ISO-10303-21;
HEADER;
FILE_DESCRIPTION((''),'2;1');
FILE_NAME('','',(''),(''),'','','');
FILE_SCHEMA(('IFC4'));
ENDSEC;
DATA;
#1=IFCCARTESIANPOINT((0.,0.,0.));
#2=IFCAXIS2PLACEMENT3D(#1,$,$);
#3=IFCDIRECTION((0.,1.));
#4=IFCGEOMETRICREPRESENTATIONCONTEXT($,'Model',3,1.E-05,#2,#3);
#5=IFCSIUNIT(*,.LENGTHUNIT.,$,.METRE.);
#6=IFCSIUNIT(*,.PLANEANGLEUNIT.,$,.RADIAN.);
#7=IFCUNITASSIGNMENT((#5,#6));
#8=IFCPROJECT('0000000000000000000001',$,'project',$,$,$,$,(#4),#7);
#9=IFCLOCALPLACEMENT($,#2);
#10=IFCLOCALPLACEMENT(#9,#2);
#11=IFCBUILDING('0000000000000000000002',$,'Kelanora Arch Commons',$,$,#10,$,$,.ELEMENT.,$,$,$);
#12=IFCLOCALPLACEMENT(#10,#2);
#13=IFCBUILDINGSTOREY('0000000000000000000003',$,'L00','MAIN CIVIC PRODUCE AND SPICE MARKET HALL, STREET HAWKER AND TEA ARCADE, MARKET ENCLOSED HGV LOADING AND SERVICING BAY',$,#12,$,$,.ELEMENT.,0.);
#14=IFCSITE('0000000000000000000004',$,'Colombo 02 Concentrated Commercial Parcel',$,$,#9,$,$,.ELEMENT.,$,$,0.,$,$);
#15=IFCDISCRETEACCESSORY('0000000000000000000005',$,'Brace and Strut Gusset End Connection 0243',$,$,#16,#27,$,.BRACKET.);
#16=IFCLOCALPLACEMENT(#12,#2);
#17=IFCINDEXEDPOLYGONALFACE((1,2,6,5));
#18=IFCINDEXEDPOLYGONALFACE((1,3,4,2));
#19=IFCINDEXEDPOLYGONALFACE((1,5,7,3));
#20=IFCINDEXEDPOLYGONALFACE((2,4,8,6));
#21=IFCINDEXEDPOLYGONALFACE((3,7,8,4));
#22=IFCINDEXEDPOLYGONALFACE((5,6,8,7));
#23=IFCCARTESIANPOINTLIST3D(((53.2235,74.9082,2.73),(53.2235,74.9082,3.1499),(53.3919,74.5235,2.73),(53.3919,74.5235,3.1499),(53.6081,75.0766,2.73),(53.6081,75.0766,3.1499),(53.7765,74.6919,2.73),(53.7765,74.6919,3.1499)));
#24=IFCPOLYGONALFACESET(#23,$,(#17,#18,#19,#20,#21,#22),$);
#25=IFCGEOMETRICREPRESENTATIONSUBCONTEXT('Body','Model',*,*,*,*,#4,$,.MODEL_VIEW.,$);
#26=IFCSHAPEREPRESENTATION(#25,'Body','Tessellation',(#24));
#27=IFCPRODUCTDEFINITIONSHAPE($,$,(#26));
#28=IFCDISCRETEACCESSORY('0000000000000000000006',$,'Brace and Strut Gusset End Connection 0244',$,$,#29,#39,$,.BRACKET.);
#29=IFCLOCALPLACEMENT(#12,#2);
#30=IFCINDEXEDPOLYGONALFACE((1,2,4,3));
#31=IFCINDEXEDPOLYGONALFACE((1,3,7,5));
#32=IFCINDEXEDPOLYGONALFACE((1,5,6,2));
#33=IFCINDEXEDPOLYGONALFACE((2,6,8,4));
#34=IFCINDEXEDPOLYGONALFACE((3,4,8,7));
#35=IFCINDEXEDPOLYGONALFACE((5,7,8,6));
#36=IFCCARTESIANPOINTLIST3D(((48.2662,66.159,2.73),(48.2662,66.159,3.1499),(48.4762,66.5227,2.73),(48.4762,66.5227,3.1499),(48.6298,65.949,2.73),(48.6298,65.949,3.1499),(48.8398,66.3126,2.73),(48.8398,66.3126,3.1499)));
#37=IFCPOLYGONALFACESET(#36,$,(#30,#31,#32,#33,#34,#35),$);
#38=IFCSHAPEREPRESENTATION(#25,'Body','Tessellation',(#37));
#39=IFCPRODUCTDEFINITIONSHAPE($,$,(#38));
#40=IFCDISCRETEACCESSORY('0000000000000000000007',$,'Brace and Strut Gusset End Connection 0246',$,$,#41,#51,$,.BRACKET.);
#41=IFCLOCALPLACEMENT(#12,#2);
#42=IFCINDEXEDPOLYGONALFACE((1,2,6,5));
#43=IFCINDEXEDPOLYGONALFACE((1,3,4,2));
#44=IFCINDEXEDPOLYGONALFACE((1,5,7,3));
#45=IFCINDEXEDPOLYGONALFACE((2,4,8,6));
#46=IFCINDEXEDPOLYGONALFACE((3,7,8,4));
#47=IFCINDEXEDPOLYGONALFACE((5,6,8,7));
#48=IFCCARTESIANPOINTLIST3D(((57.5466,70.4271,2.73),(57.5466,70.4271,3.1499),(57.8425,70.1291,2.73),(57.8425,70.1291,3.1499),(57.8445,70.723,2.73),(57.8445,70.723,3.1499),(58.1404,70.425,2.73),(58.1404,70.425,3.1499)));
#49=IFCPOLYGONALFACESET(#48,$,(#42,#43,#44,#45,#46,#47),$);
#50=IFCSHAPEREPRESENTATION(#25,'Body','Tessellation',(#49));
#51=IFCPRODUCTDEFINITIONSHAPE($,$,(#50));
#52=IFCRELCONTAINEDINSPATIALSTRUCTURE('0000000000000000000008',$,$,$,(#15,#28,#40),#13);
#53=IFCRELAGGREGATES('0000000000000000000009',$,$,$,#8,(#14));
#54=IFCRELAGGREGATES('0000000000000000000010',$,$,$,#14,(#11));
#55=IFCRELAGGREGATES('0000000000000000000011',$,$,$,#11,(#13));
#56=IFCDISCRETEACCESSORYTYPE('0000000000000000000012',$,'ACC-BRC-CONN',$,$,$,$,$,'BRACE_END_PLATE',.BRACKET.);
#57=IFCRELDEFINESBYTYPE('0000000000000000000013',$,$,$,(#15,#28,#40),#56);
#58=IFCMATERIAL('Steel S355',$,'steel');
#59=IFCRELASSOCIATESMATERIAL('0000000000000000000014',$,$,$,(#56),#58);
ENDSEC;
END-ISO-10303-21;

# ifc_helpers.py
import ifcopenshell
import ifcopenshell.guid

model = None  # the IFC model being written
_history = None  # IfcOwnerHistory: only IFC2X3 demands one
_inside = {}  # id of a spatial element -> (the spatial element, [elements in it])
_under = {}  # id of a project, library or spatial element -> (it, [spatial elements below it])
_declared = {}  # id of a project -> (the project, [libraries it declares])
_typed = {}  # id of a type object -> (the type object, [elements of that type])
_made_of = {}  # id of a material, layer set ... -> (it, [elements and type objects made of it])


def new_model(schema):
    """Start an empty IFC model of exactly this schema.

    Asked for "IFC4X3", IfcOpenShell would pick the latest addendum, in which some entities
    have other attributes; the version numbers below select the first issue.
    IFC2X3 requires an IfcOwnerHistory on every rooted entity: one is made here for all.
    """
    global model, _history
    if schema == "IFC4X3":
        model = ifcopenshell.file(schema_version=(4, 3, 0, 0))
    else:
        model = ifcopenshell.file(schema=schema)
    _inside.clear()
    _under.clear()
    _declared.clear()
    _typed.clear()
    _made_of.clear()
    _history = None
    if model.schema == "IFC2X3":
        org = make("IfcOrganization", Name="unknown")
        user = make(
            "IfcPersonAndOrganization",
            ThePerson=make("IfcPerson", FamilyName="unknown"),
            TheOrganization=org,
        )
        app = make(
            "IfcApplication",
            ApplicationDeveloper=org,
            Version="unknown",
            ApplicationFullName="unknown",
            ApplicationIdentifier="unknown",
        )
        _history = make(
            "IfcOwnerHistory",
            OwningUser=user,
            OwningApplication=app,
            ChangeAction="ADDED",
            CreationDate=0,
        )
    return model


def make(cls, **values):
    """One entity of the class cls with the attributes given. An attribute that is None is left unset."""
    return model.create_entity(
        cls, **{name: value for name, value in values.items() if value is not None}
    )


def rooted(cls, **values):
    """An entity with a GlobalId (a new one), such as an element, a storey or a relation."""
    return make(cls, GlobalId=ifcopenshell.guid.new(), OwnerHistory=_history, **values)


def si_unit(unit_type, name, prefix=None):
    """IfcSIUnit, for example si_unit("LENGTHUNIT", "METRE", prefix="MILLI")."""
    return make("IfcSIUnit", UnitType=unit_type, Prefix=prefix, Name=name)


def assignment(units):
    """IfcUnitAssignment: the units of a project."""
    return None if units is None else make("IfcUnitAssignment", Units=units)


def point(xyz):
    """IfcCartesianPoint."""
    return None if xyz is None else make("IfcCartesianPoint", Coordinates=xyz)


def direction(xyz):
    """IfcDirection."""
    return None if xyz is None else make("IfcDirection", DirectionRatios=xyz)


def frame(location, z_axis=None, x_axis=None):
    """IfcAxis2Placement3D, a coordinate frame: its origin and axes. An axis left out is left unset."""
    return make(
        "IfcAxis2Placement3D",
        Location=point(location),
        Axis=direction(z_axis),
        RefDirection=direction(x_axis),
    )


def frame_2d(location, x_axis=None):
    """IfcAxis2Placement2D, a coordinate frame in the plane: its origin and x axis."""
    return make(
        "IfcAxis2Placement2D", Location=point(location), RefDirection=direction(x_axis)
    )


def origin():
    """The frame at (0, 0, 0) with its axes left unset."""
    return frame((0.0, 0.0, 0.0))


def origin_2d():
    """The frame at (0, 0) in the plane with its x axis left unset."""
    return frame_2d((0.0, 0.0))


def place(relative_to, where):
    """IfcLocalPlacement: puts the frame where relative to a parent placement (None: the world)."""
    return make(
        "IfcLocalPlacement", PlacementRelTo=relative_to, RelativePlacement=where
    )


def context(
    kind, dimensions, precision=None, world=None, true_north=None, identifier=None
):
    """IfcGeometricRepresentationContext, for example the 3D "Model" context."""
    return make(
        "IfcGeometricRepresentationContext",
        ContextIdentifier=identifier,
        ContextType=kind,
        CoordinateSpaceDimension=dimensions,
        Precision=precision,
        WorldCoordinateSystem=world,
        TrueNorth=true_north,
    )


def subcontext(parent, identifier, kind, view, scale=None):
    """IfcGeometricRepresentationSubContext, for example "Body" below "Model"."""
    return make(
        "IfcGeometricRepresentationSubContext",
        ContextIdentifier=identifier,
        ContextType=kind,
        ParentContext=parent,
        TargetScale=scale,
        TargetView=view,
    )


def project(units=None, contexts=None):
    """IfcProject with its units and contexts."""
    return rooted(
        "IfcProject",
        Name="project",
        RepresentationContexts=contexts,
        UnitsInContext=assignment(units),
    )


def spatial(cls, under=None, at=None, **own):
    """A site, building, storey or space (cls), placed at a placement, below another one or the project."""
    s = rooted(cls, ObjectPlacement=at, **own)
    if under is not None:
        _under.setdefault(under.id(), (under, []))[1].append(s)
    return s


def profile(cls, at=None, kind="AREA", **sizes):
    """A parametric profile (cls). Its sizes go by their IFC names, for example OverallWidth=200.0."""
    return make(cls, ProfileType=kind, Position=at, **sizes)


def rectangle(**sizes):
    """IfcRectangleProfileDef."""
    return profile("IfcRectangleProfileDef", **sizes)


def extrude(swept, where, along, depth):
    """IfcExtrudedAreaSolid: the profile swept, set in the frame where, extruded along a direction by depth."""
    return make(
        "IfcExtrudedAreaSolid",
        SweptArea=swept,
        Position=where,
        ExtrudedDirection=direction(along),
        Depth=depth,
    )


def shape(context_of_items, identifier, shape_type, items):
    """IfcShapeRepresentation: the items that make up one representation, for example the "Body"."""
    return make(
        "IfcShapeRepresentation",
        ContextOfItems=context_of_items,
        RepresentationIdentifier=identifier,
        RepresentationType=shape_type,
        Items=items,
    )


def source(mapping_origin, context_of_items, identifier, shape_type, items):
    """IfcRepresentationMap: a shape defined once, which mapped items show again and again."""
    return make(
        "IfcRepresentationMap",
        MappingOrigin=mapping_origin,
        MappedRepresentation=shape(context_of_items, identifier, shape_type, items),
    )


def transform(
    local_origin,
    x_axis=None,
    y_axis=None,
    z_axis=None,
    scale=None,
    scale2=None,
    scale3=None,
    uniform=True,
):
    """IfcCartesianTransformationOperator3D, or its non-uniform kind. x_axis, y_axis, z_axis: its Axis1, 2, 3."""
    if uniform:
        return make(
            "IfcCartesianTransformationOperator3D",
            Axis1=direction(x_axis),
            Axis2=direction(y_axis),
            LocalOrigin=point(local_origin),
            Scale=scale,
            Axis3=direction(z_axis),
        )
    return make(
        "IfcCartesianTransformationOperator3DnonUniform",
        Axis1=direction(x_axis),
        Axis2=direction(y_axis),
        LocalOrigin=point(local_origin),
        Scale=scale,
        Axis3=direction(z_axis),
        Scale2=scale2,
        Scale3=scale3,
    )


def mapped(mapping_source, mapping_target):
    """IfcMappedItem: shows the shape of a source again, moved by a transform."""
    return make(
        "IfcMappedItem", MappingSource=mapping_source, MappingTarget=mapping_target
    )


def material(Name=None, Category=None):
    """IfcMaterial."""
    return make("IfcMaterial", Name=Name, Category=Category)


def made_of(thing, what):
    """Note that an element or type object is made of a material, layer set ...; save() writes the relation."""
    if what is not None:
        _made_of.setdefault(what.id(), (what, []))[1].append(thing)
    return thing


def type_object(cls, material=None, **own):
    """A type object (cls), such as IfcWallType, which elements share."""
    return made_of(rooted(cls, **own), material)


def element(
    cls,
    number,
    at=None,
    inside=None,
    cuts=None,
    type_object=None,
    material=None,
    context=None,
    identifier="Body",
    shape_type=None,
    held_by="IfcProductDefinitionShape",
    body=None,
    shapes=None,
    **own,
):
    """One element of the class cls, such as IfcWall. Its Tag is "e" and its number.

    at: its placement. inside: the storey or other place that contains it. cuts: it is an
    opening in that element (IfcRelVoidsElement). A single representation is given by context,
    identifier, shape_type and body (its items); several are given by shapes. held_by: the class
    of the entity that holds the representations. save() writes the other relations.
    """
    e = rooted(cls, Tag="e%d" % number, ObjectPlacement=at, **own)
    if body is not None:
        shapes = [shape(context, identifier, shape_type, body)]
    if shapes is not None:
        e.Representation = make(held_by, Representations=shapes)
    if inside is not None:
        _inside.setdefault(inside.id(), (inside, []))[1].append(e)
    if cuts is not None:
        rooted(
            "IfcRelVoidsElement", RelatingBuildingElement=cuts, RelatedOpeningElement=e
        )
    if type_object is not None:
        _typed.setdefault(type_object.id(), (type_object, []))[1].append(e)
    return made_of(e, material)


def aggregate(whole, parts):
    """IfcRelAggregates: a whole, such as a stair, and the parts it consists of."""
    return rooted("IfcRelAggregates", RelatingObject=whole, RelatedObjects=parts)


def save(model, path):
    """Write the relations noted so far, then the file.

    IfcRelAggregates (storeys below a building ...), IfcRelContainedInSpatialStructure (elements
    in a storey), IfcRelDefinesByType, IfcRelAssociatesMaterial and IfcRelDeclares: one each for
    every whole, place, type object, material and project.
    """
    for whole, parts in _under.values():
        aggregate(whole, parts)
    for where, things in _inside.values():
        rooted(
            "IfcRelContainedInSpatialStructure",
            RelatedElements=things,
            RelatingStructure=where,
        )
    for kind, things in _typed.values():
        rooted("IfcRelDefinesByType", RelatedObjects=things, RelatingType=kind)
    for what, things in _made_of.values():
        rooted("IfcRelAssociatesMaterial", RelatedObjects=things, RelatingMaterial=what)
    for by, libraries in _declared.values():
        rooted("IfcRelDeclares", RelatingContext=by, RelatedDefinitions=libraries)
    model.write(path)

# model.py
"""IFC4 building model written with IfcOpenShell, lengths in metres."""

from ifc_helpers import new_model, si_unit, direction, frame, origin, origin_2d, place, context, subcontext, project, spatial, rectangle, extrude, source, transform, mapped, material, type_object, element, save


model = new_model("IFC4")

# Units and contexts
model_context = context("Model", 3, precision=1e-05, world=origin(), true_north=direction((0.0, 1.0)))
body_context = subcontext(model_context, "Body", "Model", "MODEL_VIEW")
ifc_project = project(units=[si_unit("LENGTHUNIT", "METRE"), si_unit("PLANEANGLEUNIT", "RADIAN")], contexts=[model_context])

# Site, building, storey
site_placement = place(None, origin())
site = spatial("IfcSite", under=ifc_project, at=site_placement, Name="Colombo 02 Concentrated Commercial Parcel", CompositionType="ELEMENT", RefElevation=0.0)
building_placement = place(site_placement, origin())
building = spatial("IfcBuilding", under=site, at=building_placement, Name="Kelanora Arch Commons", CompositionType="ELEMENT")
storey_placement = place(building_placement, origin())
storey = spatial("IfcBuildingStorey", under=building, at=storey_placement, Name="L00", Description="MAIN CIVIC PRODUCE AND SPICE MARKET HALL, STREET HAWKER AND TEA ARCADE, MARKET ENCLOSED HGV LOADING AND SERVICING BAY", CompositionType="ELEMENT", Elevation=0.0)

# Shared definitions
ifc_material_1 = material(Name="Steel S355", Category="steel")

# Discrete accessories
discrete_accessory_type = type_object("IfcDiscreteAccessoryType", Name="ACC-BRC-CONN", ElementType="BRACE_END_PLATE", PredefinedType="BRACKET", material=ifc_material_1)
shared_shape_1 = source(origin(), body_context, "Body", "SweptSolid", [
    extrude(rectangle(XDim=0.4199, YDim=0.4199, at=origin_2d()), origin(), (0.0, 0.0, 1.0), 0.4199),
])
for number, where, z_axis, x_axis, name in (
    (1, (53.5, 74.8, 2.73), (0.0, 0.0, 1.0), (-0.916083, -0.400989, 0.0), "Brace and Strut Gusset End Connection 0243"),
    (2, (48.553, 66.2358, 2.73), (0.0, 0.0, 1.0), (-0.500151, -0.865938, 0.0), "Brace and Strut Gusset End Connection 0244"),
    (3, (57.8435, 70.426, 2.73), (0.0, 0.0, 1.0), (-0.704634, 0.709571, 0.0), "Brace and Strut Gusset End Connection 0246"),
):
    element("IfcDiscreteAccessory", number, at=place(storey_placement, frame(where, z_axis=z_axis, x_axis=x_axis)), inside=storey, type_object=discrete_accessory_type, Name=name, PredefinedType="BRACKET", context=body_context, shape_type="MappedRepresentation", body=[
        mapped(shared_shape_1, transform((0.0, 0.0, 0.0), scale=1.0)),
    ])

save(model, "model.ifc")
